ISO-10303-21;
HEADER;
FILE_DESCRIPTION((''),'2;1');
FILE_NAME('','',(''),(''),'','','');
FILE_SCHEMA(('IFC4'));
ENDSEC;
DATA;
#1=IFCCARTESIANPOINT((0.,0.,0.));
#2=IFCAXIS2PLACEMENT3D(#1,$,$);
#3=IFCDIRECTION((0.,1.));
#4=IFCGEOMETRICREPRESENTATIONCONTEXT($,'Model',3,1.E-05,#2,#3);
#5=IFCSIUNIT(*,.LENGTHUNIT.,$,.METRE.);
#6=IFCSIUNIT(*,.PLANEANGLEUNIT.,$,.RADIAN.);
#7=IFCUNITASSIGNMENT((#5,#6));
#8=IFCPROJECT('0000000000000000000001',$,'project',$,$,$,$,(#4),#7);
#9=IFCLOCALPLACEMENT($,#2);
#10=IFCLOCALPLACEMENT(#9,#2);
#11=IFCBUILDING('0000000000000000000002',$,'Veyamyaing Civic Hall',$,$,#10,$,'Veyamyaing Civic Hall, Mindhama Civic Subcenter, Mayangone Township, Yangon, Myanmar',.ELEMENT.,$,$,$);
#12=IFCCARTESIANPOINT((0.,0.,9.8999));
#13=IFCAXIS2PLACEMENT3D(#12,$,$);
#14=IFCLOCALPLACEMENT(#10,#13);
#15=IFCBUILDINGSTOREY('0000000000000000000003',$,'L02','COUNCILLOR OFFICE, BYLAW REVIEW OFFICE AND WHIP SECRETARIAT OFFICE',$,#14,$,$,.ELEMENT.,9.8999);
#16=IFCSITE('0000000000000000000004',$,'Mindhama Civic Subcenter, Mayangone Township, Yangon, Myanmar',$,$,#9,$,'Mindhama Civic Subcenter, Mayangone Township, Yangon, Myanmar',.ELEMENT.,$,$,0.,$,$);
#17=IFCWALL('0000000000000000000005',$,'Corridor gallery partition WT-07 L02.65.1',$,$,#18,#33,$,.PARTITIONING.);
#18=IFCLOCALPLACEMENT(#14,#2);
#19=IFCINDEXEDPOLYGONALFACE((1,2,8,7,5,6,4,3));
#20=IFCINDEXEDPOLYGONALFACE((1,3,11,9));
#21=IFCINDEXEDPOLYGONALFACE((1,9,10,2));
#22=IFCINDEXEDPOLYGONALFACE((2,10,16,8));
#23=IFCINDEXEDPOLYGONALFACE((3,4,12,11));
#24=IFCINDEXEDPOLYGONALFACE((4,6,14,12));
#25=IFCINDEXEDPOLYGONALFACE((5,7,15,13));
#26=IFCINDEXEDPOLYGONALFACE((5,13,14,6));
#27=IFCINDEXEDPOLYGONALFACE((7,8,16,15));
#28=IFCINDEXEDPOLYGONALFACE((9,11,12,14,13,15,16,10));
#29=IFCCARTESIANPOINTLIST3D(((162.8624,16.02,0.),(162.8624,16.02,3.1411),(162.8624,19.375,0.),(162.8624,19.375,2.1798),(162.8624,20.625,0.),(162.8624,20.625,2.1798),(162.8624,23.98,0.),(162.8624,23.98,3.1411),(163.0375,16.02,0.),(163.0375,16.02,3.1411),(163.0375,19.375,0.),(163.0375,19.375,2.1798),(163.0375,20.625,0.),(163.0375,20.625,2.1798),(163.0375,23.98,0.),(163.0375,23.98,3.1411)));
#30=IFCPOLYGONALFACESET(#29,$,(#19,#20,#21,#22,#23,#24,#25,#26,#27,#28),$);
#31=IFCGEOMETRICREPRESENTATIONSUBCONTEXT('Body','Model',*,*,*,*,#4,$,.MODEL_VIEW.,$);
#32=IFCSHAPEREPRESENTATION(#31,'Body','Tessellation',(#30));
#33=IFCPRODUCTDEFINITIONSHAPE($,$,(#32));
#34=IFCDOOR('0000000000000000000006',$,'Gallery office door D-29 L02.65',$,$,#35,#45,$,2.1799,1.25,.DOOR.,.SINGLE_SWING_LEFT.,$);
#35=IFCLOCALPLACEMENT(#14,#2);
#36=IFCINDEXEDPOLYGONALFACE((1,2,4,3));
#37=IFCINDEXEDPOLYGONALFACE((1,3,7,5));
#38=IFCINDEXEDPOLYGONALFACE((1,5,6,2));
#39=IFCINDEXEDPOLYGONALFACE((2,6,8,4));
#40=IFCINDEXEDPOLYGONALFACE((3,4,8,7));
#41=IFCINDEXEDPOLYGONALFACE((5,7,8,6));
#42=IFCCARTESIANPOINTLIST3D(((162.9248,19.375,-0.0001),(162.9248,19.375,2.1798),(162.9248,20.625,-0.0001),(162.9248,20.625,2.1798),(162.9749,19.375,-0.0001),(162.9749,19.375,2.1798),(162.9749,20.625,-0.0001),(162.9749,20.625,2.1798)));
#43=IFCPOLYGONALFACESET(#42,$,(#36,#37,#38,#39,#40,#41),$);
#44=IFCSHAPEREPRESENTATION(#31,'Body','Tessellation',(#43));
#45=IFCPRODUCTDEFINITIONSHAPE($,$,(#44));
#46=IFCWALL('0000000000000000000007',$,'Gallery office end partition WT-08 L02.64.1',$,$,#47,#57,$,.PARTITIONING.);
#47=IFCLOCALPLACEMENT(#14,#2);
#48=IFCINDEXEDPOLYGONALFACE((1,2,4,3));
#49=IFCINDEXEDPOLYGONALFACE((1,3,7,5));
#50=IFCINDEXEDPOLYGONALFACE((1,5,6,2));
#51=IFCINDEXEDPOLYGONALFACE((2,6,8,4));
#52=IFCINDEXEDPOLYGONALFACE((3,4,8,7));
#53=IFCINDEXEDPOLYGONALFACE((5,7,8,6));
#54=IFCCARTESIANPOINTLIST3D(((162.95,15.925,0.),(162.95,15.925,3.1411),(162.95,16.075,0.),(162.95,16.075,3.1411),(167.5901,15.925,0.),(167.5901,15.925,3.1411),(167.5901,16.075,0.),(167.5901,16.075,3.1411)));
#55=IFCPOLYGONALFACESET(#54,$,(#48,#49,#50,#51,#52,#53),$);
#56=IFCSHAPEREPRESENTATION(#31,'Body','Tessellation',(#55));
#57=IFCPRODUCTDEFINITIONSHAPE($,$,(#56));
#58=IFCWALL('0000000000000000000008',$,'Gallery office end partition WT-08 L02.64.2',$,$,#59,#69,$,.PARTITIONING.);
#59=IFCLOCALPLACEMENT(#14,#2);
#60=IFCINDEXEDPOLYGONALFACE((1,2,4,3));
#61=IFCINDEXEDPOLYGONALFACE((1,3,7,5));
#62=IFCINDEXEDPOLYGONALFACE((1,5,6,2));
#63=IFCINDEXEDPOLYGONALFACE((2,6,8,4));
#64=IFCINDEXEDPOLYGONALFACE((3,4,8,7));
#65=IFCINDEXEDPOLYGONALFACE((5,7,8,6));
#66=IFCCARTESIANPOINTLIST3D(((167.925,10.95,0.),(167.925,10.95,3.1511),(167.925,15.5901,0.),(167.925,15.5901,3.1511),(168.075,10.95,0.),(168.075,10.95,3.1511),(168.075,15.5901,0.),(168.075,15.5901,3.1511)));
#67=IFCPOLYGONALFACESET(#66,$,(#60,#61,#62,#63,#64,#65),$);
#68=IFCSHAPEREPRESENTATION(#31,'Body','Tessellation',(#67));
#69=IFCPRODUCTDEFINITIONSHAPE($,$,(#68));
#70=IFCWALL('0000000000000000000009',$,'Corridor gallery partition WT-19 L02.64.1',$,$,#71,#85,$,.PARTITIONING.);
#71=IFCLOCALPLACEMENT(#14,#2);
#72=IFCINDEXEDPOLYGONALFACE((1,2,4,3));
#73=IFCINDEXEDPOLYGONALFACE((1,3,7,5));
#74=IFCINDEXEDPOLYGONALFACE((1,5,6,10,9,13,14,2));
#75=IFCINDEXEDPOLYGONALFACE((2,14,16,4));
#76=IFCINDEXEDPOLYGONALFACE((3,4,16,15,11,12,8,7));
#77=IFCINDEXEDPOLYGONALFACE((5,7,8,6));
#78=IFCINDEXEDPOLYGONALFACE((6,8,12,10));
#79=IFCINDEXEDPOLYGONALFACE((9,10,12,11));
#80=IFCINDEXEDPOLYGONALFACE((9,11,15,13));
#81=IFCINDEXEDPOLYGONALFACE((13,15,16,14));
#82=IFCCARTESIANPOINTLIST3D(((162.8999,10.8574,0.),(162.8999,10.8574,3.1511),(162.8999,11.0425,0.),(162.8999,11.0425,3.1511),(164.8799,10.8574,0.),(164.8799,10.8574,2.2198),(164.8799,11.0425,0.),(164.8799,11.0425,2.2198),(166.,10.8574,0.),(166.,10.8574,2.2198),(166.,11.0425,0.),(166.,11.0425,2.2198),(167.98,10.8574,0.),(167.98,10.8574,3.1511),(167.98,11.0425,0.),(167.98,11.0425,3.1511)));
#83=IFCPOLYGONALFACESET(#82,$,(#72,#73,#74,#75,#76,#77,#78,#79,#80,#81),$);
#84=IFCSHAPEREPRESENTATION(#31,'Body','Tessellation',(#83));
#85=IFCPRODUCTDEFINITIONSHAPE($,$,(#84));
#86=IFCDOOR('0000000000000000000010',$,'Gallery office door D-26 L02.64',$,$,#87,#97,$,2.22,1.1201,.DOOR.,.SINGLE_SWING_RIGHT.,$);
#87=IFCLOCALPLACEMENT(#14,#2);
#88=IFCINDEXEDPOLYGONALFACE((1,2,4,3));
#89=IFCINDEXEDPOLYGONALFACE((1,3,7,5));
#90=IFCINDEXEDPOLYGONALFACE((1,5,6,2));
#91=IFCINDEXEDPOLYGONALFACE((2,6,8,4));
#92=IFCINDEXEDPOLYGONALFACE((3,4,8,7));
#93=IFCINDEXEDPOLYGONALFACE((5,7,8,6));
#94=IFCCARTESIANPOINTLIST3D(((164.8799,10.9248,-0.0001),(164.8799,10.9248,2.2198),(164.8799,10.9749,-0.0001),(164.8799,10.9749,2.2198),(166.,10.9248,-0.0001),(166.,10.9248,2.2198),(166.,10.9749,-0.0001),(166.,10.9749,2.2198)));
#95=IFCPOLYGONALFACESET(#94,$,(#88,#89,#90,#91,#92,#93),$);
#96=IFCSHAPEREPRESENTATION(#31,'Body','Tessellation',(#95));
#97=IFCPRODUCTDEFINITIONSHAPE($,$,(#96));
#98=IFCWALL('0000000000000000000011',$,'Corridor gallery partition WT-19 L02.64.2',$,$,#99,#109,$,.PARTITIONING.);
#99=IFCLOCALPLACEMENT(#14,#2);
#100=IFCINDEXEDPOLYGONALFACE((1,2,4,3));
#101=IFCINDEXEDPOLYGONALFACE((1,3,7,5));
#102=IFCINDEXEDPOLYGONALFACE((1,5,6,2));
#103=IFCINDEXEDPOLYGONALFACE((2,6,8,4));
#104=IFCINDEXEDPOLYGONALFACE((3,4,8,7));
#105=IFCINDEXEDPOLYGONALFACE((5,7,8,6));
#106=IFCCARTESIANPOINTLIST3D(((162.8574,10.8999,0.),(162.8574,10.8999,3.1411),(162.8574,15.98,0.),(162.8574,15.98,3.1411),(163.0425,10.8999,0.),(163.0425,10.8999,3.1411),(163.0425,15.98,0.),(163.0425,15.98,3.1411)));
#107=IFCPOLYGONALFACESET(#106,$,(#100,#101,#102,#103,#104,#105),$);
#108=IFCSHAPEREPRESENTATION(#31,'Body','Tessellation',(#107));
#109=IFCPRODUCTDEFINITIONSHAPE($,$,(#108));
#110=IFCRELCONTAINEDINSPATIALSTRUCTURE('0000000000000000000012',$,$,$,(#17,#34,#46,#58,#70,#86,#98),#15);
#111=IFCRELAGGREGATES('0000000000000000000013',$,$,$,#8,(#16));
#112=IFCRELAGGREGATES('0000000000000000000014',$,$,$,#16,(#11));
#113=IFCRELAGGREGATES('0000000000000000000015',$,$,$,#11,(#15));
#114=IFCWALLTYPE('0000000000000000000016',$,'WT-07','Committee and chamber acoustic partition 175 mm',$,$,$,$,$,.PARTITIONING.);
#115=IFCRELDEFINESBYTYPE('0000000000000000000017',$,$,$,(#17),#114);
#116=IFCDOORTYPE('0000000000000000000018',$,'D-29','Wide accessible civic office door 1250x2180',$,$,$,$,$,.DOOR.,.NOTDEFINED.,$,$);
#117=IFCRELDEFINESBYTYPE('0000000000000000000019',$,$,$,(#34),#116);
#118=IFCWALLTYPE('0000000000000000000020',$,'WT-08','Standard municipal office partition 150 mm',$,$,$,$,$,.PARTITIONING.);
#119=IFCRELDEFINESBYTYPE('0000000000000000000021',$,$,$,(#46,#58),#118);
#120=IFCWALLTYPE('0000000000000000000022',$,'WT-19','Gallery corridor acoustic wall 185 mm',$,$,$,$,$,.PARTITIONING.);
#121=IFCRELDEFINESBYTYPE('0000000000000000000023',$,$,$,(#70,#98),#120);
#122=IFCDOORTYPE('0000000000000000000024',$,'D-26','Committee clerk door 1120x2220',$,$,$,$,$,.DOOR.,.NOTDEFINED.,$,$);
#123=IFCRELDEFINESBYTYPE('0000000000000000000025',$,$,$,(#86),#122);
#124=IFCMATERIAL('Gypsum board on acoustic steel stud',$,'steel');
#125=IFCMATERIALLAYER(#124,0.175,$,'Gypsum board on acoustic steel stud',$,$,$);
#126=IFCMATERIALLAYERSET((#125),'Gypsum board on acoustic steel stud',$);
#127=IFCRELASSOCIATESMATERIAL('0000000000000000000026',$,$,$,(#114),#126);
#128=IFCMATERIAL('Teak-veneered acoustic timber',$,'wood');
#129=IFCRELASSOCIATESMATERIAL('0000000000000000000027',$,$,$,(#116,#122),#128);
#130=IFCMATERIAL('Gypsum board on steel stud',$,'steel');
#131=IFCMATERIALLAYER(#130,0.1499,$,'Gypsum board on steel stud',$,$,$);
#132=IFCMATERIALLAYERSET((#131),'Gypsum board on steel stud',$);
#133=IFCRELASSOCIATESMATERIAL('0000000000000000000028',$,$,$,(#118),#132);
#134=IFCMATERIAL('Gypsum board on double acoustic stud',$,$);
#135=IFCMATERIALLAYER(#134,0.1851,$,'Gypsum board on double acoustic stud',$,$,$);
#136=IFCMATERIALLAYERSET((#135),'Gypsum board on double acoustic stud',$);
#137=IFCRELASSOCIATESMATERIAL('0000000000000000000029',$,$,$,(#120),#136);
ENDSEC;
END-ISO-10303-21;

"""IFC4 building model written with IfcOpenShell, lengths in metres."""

from ifc_helpers import new_model, si_unit, direction, frame, frame_2d, origin, place, context, subcontext, project, spatial, rectangle, extrude, material, layer, layer_set, type_object, element, fill, save


model = new_model("IFC4")

# Units and contexts
model_context = context("Model", 3, precision=1e-05, world=origin(), true_north=direction((0.0, 1.0)))
body_context = subcontext(model_context, "Body", "Model", "MODEL_VIEW")
ifc_project = project(units=[si_unit("LENGTHUNIT", "METRE"), si_unit("PLANEANGLEUNIT", "RADIAN")], contexts=[model_context])

# Site, building, storey
site_placement = place(None, origin())
site = spatial("IfcSite", under=ifc_project, at=site_placement, Name="Mindhama Civic Subcenter, Mayangone Township, Yangon, Myanmar", LongName="Mindhama Civic Subcenter, Mayangone Township, Yangon, Myanmar", CompositionType="ELEMENT", RefElevation=0.0)
building_placement = place(site_placement, origin())
building = spatial("IfcBuilding", under=site, at=building_placement, Name="Veyamyaing Civic Hall", LongName="Veyamyaing Civic Hall, Mindhama Civic Subcenter, Mayangone Township, Yangon, Myanmar", CompositionType="ELEMENT")
storey_placement = place(building_placement, frame((0.0, 0.0, 9.8999)))
storey = spatial("IfcBuildingStorey", under=building, at=storey_placement, Name="L02", Description="COUNCILLOR OFFICE, BYLAW REVIEW OFFICE AND WHIP SECRETARIAT OFFICE", CompositionType="ELEMENT", Elevation=9.8999)

# Wall, opening, door
ifc_material_1 = material(Name="Teak-veneered acoustic timber", Category="wood")
ifc_material_2 = material(Name="Gypsum board on acoustic steel stud", Category="steel")
ifc_layer_1 = layer(ifc_material_2, 0.175, Name="Gypsum board on acoustic steel stud")
ifc_layer_set_1 = layer_set([ifc_layer_1], Name="Gypsum board on acoustic steel stud")
wall_type_1 = type_object("IfcWallType", Name="WT-07", Description="Committee and chamber acoustic partition 175 mm", PredefinedType="PARTITIONING", material=ifc_layer_set_1)
wall_1_placement = place(storey_placement, frame((162.95, 16.02, 0.0), z_axis=(0.0, 0.0, 1.0), x_axis=(0.0, 1.0, 0.0)))
wall_1 = element("IfcWall", 1, at=wall_1_placement, inside=storey, type_object=wall_type_1, Name="Corridor gallery partition WT-07 L02.65.1", PredefinedType="PARTITIONING", context=body_context, shape_type="SweptSolid", body=[
    extrude(rectangle(XDim=7.96, YDim=0.175, at=frame_2d((3.98, 0.0))), origin(), (0.0, 0.0, 1.0), 3.1411),
])
opening_1_placement = place(wall_1_placement, frame((3.355, 0.0, 0.0)))
opening_1 = element("IfcOpeningElement", 2, at=opening_1_placement, cuts=wall_1, PredefinedType="OPENING", context=body_context, shape_type="SweptSolid", body=[
    extrude(rectangle(XDim=1.25, YDim=2.1799, at=frame_2d((0.625, 1.0898))), frame((0.0, 0.0974, 0.0), z_axis=(0.0, -1.0, 0.0), x_axis=(1.0, 0.0, 0.0)), (0.0, 0.0, 1.0), 0.1951),
])
door_type_1 = type_object("IfcDoorType", Name="D-29", Description="Wide accessible civic office door 1250x2180", OperationType="NOTDEFINED", PredefinedType="DOOR", material=ifc_material_1)
door_1_placement = place(opening_1_placement, frame((1.25, 0.0, 0.0), z_axis=(0.0, 0.0, 1.0), x_axis=(-1.0, 0.0, 0.0)))
door_1 = element("IfcDoor", 3, at=door_1_placement, inside=storey, type_object=door_type_1, Name="Gallery office door D-29 L02.65", OperationType="SINGLE_SWING_LEFT", OverallHeight=2.1799, OverallWidth=1.25, PredefinedType="DOOR", context=body_context, shape_type="SweptSolid", body=[
    extrude(rectangle(XDim=1.25, YDim=2.1799, at=frame_2d((0.625, 1.0898))), frame((0.0, 0.0249, 0.0), z_axis=(0.0, -1.0, 0.0), x_axis=(1.0, 0.0, 0.0)), (0.0, 0.0, 1.0), 0.05),
])
fill(opening_1, door_1)

# Walls
ifc_material_3 = material(Name="Gypsum board on steel stud", Category="steel")
ifc_layer_2 = layer(ifc_material_3, 0.1499, Name="Gypsum board on steel stud")
ifc_layer_set_2 = layer_set([ifc_layer_2], Name="Gypsum board on steel stud")
wall_type_2 = type_object("IfcWallType", Name="WT-08", Description="Standard municipal office partition 150 mm", PredefinedType="PARTITIONING", material=ifc_layer_set_2)
wall_2_placement = place(storey_placement, frame((162.95, 16.0, 0.0), z_axis=(0.0, 0.0, 1.0), x_axis=(1.0, 0.0, 0.0)))
element("IfcWall", 4, at=wall_2_placement, inside=storey, type_object=wall_type_2, Name="Gallery office end partition WT-08 L02.64.1", PredefinedType="PARTITIONING", context=body_context, shape_type="SweptSolid", body=[
    extrude(rectangle(XDim=4.6401, YDim=0.1499, at=frame_2d((2.3201, 0.0))), origin(), (0.0, 0.0, 1.0), 3.1411),
])
wall_3_placement = place(storey_placement, frame((168.0, 10.95, 0.0), z_axis=(0.0, 0.0, 1.0), x_axis=(0.0, 1.0, 0.0)))
element("IfcWall", 5, at=wall_3_placement, inside=storey, type_object=wall_type_2, Name="Gallery office end partition WT-08 L02.64.2", PredefinedType="PARTITIONING", context=body_context, shape_type="SweptSolid", body=[
    extrude(rectangle(XDim=4.6401, YDim=0.1499, at=frame_2d((2.3201, 0.0))), origin(), (0.0, 0.0, 1.0), 3.1511),
])

# Wall, opening, door
ifc_material_4 = material(Name="Gypsum board on double acoustic stud")
ifc_layer_3 = layer(ifc_material_4, 0.1851, Name="Gypsum board on double acoustic stud")
ifc_layer_set_3 = layer_set([ifc_layer_3], Name="Gypsum board on double acoustic stud")
wall_type_3 = type_object("IfcWallType", Name="WT-19", Description="Gallery corridor acoustic wall 185 mm", PredefinedType="PARTITIONING", material=ifc_layer_set_3)
wall_4_placement = place(storey_placement, frame((162.8999, 10.95, 0.0), z_axis=(0.0, 0.0, 1.0), x_axis=(1.0, 0.0, 0.0)))
wall_4 = element("IfcWall", 6, at=wall_4_placement, inside=storey, type_object=wall_type_3, Name="Corridor gallery partition WT-19 L02.64.1", PredefinedType="PARTITIONING", context=body_context, shape_type="SweptSolid", body=[
    extrude(rectangle(XDim=5.0801, YDim=0.1851, at=frame_2d((2.54, 0.0))), origin(), (0.0, 0.0, 1.0), 3.1511),
])
opening_2_placement = place(wall_4_placement, frame((1.98, 0.0, 0.0)))
opening_2 = element("IfcOpeningElement", 7, at=opening_2_placement, cuts=wall_4, PredefinedType="OPENING", context=body_context, shape_type="SweptSolid", body=[
    extrude(rectangle(XDim=1.1201, YDim=2.22, at=frame_2d((0.5601, 1.1099))), frame((0.0, 0.1025, 0.0), z_axis=(0.0, -1.0, 0.0), x_axis=(1.0, 0.0, 0.0)), (0.0, 0.0, 1.0), 0.2051),
])
door_type_2 = type_object("IfcDoorType", Name="D-26", Description="Committee clerk door 1120x2220", OperationType="NOTDEFINED", PredefinedType="DOOR", material=ifc_material_1)
door_2_placement = place(opening_2_placement, origin())
door_2 = element("IfcDoor", 8, at=door_2_placement, inside=storey, type_object=door_type_2, Name="Gallery office door D-26 L02.64", OperationType="SINGLE_SWING_RIGHT", OverallHeight=2.22, OverallWidth=1.1201, PredefinedType="DOOR", context=body_context, shape_type="SweptSolid", body=[
    extrude(rectangle(XDim=1.1201, YDim=2.22, at=frame_2d((0.5601, 1.1099))), frame((0.0, 0.0249, 0.0), z_axis=(0.0, -1.0, 0.0), x_axis=(1.0, 0.0, 0.0)), (0.0, 0.0, 1.0), 0.05),
])
fill(opening_2, door_2)

# Wall
wall_5_placement = place(storey_placement, frame((162.95, 10.8999, 0.0), z_axis=(0.0, 0.0, 1.0), x_axis=(0.0, 1.0, 0.0)))
element("IfcWall", 9, at=wall_5_placement, inside=storey, type_object=wall_type_3, Name="Corridor gallery partition WT-19 L02.64.2", PredefinedType="PARTITIONING", context=body_context, shape_type="SweptSolid", body=[
    extrude(rectangle(XDim=5.0801, YDim=0.1851, at=frame_2d((2.54, 0.0))), origin(), (0.0, 0.0, 1.0), 3.1411),
])

save(model, "model.ifc")
